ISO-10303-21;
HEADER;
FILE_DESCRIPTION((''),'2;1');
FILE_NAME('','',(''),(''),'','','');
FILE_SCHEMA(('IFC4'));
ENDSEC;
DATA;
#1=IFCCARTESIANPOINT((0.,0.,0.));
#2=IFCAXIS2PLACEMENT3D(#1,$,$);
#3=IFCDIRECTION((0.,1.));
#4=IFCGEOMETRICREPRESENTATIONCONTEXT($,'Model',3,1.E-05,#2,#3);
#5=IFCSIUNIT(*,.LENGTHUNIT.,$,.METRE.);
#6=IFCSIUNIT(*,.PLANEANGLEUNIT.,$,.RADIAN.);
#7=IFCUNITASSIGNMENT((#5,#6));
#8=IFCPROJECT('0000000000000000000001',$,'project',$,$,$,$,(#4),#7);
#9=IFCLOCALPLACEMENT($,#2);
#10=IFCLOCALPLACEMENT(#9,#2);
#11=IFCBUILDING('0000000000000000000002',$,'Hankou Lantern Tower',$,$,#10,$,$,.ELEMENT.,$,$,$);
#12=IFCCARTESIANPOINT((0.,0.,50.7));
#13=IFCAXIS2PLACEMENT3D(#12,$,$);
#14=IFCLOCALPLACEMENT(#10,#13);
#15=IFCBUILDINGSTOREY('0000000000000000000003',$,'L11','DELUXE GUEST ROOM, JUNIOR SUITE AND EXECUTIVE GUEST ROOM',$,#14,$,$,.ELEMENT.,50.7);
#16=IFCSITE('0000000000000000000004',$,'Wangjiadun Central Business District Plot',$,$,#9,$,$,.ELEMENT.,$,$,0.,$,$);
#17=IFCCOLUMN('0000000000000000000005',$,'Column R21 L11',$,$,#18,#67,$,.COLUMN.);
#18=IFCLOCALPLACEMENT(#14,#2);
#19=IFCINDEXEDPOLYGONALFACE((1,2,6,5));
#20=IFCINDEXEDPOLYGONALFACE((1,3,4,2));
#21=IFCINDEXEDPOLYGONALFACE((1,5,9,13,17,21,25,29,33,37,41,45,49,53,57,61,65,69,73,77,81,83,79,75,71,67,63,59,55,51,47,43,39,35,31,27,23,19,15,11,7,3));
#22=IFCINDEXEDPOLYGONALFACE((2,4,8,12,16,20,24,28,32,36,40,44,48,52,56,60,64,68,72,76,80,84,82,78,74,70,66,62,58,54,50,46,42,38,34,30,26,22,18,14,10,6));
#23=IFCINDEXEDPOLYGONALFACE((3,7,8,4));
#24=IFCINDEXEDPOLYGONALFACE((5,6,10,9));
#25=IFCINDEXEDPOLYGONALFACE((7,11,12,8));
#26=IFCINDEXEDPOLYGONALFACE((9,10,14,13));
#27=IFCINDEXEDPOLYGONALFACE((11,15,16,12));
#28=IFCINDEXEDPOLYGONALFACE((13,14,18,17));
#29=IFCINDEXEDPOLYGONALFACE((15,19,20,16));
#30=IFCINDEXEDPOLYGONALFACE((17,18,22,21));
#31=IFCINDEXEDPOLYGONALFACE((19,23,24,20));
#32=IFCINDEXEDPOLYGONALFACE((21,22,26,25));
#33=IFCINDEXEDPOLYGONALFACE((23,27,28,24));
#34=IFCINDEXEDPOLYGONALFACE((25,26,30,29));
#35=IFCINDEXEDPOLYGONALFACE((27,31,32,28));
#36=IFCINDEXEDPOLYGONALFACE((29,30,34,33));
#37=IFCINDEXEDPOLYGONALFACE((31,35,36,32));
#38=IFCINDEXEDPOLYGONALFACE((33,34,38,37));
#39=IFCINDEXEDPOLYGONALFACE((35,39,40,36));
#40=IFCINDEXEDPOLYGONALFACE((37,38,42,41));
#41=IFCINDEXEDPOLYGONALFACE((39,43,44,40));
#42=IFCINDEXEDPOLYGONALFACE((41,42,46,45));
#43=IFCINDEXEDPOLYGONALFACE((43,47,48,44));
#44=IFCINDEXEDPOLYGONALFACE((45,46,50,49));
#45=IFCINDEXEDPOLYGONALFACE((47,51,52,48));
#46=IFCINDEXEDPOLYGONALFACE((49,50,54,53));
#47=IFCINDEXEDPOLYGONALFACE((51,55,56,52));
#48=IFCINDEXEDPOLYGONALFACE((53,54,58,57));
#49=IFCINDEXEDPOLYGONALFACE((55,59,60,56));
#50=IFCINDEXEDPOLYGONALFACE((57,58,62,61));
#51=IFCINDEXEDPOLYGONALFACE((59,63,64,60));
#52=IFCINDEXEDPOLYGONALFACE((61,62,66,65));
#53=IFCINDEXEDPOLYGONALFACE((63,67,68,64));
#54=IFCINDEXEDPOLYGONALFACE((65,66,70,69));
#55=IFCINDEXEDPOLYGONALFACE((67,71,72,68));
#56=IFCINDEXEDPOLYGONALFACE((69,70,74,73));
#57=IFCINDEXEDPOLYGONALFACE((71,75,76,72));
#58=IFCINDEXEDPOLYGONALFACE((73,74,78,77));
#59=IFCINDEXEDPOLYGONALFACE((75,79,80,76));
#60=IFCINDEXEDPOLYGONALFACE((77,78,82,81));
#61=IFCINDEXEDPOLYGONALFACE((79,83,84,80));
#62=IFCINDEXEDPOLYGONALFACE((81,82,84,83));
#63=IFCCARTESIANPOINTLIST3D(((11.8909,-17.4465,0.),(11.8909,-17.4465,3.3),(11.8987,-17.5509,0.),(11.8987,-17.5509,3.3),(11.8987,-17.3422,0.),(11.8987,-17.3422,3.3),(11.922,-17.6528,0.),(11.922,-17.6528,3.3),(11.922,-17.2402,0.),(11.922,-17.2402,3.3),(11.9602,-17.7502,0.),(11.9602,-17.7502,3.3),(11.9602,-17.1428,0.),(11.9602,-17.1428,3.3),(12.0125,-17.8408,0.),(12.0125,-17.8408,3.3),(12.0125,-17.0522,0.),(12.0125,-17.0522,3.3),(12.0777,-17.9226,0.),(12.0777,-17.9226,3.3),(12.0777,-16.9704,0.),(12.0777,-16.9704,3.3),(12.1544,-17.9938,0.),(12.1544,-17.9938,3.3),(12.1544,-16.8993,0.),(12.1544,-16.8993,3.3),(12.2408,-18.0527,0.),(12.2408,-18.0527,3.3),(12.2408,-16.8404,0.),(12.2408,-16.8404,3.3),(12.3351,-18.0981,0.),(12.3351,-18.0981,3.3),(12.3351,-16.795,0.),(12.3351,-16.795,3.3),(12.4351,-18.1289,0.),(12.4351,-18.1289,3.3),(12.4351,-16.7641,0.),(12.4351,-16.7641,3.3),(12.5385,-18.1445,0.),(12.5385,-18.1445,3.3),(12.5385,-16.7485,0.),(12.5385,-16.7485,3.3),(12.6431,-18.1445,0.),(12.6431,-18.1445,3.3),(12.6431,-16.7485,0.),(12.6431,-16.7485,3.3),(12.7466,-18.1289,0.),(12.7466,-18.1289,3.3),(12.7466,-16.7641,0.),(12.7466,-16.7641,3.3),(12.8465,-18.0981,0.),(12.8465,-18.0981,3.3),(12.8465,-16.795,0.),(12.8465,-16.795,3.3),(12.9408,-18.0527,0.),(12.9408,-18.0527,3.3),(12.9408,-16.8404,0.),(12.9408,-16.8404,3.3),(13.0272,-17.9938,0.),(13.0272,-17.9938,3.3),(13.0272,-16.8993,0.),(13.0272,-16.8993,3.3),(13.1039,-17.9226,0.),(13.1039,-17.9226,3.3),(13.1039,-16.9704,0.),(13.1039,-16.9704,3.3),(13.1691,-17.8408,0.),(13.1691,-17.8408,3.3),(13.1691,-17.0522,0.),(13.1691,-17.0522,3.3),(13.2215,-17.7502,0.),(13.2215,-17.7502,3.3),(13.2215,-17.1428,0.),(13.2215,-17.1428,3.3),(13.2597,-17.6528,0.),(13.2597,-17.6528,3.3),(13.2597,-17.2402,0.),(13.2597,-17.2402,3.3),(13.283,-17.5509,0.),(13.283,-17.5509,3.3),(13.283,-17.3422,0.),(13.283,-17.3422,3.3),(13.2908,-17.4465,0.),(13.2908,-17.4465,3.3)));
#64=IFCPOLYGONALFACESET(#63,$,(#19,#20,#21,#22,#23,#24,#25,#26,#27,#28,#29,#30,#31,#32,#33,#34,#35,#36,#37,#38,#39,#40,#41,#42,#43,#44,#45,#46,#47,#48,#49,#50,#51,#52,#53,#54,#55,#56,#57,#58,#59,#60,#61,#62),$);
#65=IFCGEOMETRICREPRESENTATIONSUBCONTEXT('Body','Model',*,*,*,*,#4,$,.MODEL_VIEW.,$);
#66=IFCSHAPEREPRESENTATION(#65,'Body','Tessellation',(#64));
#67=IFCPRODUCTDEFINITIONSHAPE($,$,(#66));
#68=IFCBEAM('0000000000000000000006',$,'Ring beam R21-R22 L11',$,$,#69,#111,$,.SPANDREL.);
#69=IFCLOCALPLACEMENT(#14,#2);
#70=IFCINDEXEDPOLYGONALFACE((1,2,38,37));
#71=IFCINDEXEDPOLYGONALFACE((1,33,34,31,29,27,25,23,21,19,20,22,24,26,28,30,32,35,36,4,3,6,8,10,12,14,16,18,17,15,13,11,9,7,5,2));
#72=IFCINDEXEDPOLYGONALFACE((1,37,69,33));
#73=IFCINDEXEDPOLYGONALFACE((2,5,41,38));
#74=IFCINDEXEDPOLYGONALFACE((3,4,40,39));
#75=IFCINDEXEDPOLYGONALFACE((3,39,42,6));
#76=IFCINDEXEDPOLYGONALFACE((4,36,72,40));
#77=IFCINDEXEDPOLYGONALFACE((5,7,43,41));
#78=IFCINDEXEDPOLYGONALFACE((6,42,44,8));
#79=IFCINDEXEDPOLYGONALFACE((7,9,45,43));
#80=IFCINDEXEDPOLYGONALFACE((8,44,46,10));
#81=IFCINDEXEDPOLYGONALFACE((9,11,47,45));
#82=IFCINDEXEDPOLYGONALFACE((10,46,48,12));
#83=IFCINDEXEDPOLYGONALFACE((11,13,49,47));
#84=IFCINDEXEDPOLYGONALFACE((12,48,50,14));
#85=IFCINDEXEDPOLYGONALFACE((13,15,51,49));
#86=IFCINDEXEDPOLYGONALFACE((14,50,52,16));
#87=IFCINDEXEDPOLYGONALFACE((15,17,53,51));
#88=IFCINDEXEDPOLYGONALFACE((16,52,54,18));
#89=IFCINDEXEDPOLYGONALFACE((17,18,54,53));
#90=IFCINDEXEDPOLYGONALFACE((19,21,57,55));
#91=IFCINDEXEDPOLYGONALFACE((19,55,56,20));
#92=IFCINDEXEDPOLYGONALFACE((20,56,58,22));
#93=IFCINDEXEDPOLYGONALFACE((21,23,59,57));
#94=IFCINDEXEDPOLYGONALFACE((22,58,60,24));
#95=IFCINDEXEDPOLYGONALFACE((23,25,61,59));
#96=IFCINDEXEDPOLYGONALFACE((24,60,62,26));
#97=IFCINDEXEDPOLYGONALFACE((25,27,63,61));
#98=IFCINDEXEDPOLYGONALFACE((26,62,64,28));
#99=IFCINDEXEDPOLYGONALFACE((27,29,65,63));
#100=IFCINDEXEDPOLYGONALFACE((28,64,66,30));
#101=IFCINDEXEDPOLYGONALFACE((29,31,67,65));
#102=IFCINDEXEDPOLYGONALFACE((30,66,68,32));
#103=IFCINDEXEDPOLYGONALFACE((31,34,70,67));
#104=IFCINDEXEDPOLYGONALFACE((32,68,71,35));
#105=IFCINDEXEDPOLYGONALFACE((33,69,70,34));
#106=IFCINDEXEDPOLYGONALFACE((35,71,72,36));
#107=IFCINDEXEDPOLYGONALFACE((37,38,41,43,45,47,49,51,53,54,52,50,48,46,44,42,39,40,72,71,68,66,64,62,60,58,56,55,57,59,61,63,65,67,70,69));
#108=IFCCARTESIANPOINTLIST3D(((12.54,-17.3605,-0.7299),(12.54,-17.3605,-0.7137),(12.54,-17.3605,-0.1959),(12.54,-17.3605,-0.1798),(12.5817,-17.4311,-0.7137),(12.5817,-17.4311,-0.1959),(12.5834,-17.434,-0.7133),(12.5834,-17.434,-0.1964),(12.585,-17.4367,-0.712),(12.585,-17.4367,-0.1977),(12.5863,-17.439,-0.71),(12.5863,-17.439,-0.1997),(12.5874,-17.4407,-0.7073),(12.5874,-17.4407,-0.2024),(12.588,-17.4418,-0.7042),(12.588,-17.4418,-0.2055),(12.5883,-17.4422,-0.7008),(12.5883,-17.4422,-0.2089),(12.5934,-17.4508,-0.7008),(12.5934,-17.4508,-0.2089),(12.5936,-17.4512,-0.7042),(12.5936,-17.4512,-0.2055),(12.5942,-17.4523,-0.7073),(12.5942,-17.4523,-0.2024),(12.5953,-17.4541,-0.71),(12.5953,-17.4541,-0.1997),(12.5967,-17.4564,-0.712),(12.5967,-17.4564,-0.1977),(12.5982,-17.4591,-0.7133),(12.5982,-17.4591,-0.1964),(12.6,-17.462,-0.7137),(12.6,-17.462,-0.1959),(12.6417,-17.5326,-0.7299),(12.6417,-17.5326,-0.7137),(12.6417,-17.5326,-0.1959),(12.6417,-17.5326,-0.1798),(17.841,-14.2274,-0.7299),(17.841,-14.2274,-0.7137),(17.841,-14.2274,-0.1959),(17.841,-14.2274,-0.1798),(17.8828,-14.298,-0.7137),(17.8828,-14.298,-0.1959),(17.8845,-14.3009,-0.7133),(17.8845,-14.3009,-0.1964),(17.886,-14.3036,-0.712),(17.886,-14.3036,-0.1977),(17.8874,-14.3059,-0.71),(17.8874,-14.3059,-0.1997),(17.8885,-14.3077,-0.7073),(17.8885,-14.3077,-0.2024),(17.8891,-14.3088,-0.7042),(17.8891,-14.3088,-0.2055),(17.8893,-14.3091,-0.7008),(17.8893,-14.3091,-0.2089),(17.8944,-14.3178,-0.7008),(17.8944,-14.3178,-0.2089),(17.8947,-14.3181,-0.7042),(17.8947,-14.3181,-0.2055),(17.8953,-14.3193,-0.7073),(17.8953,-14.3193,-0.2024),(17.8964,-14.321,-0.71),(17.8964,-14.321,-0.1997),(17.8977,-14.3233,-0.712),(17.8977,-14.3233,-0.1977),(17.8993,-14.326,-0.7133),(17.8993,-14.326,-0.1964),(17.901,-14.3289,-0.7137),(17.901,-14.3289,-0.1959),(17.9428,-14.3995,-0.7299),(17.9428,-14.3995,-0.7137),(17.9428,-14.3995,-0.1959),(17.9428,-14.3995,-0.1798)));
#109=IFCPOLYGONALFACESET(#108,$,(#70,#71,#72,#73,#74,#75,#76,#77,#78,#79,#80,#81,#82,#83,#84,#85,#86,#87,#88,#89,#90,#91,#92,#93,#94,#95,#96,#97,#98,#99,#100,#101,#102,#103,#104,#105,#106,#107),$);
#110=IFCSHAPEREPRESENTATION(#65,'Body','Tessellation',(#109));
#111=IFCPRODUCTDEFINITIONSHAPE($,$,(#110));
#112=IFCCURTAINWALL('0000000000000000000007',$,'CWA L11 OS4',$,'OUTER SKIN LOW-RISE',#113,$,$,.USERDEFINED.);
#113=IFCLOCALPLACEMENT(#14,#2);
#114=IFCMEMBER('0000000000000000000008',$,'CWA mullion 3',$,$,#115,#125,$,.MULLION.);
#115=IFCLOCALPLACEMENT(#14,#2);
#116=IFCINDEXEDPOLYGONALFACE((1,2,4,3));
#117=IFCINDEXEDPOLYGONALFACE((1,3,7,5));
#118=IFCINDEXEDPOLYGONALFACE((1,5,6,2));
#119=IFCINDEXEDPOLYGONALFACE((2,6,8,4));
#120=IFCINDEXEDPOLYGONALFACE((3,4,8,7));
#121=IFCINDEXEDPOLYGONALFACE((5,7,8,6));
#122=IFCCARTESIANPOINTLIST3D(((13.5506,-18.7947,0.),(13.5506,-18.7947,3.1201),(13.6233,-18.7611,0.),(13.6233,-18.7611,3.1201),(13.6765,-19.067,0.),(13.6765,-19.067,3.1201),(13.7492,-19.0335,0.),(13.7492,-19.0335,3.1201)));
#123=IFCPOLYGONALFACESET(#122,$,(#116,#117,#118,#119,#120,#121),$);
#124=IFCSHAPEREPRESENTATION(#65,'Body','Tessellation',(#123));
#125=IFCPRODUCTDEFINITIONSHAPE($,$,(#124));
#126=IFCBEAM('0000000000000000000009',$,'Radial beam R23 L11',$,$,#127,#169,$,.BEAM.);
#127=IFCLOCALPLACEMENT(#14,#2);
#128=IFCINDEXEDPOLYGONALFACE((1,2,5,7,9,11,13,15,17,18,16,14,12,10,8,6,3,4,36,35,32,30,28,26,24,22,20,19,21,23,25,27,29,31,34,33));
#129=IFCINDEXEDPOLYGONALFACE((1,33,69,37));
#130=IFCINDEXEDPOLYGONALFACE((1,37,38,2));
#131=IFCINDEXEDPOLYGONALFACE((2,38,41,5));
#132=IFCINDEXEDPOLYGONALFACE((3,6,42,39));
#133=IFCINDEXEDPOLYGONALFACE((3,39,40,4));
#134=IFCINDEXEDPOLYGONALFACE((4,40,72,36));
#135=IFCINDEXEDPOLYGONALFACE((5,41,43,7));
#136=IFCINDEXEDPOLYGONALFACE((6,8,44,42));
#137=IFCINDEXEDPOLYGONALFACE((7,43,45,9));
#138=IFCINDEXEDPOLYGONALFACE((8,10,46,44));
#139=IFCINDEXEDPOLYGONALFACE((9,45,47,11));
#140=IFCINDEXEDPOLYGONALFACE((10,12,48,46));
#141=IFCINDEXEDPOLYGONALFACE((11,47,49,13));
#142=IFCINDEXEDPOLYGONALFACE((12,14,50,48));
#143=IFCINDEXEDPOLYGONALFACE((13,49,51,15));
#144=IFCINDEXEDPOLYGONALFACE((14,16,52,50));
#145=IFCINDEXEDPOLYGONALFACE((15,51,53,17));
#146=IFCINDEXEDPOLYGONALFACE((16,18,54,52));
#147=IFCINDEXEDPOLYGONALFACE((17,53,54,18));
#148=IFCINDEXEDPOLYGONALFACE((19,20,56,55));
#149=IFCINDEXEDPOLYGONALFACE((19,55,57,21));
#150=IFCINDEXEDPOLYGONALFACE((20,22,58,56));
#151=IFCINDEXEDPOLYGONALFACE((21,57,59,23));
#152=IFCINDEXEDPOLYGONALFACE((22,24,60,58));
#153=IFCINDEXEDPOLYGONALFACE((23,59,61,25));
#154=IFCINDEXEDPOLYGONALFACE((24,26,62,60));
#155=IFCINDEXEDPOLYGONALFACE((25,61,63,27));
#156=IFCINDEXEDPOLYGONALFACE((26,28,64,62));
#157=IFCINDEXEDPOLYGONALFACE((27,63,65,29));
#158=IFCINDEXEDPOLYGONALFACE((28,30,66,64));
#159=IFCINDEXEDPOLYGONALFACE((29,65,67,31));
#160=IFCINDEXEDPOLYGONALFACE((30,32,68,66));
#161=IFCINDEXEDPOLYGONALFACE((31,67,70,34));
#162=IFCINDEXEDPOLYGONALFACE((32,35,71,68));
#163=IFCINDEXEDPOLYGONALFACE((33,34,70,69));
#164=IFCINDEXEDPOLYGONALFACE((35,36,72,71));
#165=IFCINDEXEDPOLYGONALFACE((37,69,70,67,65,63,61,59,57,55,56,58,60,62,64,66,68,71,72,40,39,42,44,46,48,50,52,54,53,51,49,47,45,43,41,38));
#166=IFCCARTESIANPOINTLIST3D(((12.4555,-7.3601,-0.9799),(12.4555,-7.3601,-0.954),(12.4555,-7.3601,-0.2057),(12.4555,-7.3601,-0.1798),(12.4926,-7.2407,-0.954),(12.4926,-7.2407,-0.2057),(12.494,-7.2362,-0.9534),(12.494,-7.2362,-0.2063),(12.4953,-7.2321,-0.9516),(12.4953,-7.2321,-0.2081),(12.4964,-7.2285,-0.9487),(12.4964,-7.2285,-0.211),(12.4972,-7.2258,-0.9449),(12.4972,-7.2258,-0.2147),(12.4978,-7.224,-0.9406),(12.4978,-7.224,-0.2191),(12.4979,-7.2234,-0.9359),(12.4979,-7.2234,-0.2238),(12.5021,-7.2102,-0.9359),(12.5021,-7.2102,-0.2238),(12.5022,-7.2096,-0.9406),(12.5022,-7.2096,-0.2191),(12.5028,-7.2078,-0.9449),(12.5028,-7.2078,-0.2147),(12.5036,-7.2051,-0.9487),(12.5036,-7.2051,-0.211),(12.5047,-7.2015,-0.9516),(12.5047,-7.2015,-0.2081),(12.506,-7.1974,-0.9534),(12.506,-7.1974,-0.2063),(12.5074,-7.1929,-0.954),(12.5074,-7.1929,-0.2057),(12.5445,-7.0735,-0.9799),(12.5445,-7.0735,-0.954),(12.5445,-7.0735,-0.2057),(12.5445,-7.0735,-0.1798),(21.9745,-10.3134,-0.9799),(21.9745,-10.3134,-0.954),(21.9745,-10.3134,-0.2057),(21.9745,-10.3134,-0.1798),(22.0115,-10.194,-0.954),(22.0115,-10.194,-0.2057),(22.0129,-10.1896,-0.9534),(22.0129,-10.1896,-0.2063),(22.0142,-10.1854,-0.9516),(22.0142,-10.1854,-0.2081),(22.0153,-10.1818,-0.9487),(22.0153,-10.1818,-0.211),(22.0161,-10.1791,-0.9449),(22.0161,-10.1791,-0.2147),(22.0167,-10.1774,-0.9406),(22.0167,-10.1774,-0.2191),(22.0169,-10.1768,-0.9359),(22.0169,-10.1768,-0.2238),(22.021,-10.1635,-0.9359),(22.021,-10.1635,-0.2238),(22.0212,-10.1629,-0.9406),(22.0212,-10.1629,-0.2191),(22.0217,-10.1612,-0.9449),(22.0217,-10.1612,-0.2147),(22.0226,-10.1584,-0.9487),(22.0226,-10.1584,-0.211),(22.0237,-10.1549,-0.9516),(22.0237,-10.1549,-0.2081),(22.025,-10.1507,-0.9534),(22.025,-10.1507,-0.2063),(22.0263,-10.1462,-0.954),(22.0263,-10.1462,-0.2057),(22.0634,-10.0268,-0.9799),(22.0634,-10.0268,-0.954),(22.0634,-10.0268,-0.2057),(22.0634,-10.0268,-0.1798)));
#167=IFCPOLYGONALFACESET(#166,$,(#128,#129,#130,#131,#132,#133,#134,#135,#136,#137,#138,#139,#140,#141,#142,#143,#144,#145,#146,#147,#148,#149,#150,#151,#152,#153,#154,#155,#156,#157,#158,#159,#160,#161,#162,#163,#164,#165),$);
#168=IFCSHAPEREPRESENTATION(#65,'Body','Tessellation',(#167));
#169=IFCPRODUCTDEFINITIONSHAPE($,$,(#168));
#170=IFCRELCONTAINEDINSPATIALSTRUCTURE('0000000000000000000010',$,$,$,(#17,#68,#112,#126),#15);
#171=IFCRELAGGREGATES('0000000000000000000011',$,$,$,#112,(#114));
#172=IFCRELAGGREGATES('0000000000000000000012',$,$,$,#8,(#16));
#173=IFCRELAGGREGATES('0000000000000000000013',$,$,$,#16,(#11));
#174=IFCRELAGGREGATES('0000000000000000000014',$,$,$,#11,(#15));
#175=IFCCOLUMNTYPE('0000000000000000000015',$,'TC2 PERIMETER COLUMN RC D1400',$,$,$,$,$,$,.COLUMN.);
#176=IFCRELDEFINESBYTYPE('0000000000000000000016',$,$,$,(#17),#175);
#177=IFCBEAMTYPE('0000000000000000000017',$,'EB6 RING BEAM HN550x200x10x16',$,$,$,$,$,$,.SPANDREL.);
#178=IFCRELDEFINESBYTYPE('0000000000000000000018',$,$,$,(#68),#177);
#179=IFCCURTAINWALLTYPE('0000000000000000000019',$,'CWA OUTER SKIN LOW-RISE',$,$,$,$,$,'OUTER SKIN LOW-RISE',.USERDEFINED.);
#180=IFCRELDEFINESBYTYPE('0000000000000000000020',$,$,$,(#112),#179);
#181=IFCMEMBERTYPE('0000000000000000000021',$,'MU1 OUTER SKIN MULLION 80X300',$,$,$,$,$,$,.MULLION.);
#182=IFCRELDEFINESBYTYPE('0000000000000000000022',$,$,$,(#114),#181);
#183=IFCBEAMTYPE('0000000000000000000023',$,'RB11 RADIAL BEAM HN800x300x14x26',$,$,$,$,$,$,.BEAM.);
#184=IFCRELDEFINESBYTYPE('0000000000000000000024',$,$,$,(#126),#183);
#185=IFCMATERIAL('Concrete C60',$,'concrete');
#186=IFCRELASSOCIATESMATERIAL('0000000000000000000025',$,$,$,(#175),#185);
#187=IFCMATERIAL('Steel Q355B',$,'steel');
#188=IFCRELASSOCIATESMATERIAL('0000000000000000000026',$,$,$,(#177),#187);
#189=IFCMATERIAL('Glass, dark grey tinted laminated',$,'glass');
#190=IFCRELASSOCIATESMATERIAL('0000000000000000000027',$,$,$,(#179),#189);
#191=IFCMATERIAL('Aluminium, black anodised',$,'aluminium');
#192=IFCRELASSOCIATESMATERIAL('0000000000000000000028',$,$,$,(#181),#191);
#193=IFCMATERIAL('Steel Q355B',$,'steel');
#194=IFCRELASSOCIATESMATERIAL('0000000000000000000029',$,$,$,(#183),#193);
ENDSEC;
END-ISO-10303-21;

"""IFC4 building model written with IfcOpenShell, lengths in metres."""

from ifc_helpers import new_model, si_unit, direction, frame, origin, origin_2d, place, context, subcontext, project, spatial, rectangle, circle, i_section, extrude, material, material_profile, profile_set, type_object, element, aggregate, save


model = new_model("IFC4")

# Units and contexts
model_context = context("Model", 3, precision=1e-05, world=origin(), true_north=direction((0.0, 1.0)))
body_context = subcontext(model_context, "Body", "Model", "MODEL_VIEW")
ifc_project = project(units=[si_unit("LENGTHUNIT", "METRE"), si_unit("PLANEANGLEUNIT", "RADIAN")], contexts=[model_context])

# Site, building, storey
site_placement = place(None, origin())
site = spatial("IfcSite", under=ifc_project, at=site_placement, Name="Wangjiadun Central Business District Plot", CompositionType="ELEMENT", RefElevation=0.0)
building_placement = place(site_placement, origin())
building = spatial("IfcBuilding", under=site, at=building_placement, Name="Hankou Lantern Tower", CompositionType="ELEMENT")
storey_placement = place(building_placement, frame((0.0, 0.0, 50.7)))
storey = spatial("IfcBuildingStorey", under=building, at=storey_placement, Name="L11", Description="DELUXE GUEST ROOM, JUNIOR SUITE AND EXECUTIVE GUEST ROOM", CompositionType="ELEMENT", Elevation=50.7)

# Column
ifc_material_1 = material(Name="Concrete C60", Category="concrete")
ifc_material_profile_1 = material_profile(ifc_material_1, circle(Radius=0.7, at=origin_2d()), Name="RC D1400")
ifc_profile_set_1 = profile_set([ifc_material_profile_1], Name="Concrete C60")
column_type = type_object("IfcColumnType", Name="TC2 PERIMETER COLUMN RC D1400", PredefinedType="COLUMN", material=ifc_profile_set_1)
column_placement = place(storey_placement, frame((12.5908, -17.4465, 0.0), z_axis=(0.0, 0.0, 1.0), x_axis=(1.0, 0.0, 0.0)))
element("IfcColumn", 1, at=column_placement, inside=storey, type_object=column_type, Name="Column R21 L11", PredefinedType="COLUMN", context=body_context, shape_type="SweptSolid", body=[
    extrude(circle(Radius=0.7, at=origin_2d()), origin(), (0.0, 0.0, 1.0), 3.3),
])

# Beam
ifc_material_2 = material(Name="Steel Q355B", Category="steel")
ifc_material_profile_2 = material_profile(ifc_material_2, i_section(OverallWidth=0.2, OverallDepth=0.55, WebThickness=0.01, FlangeThickness=0.0161, FilletRadius=0.0129, at=origin_2d()), Name="HN550x200x10x16")
ifc_profile_set_2 = profile_set([ifc_material_profile_2], Name="Steel Q355B")
beam_type_1 = type_object("IfcBeamType", Name="EB6 RING BEAM HN550x200x10x16", PredefinedType="SPANDREL", material=ifc_profile_set_2)
beam_1_placement = place(storey_placement, frame((12.5908, -17.4465, -0.4548), z_axis=(0.860882, 0.508805, 0.0), x_axis=(-0.508805, 0.860882, 0.0)))
element("IfcBeam", 2, at=beam_1_placement, inside=storey, type_object=beam_type_1, Name="Ring beam R21-R22 L11", PredefinedType="SPANDREL", context=body_context, shape_type="SweptSolid", body=[
    extrude(i_section(OverallWidth=0.2, OverallDepth=0.55, WebThickness=0.01, FlangeThickness=0.0161, FilletRadius=0.0129, at=origin_2d()), origin(), (0.0, 0.0, 1.0), 6.1577),
])

# Curtain wall, member
ifc_material_3 = material(Name="Glass, dark grey tinted laminated", Category="glass")
curtain_wall_type = type_object("IfcCurtainWallType", Name="CWA OUTER SKIN LOW-RISE", ElementType="OUTER SKIN LOW-RISE", PredefinedType="USERDEFINED", material=ifc_material_3)
curtain_wall_placement = place(storey_placement, origin())
curtain_wall = element("IfcCurtainWall", 3, at=curtain_wall_placement, inside=storey, type_object=curtain_wall_type, Name="CWA L11 OS4", ObjectType="OUTER SKIN LOW-RISE", PredefinedType="USERDEFINED")
ifc_material_4 = material(Name="Aluminium, black anodised", Category="aluminium")
ifc_material_profile_3 = material_profile(ifc_material_4, rectangle(XDim=0.0801, YDim=0.3, at=origin_2d()), Name="MU1 80X300")
ifc_profile_set_3 = profile_set([ifc_material_profile_3], Name="Aluminium, black anodised")
member_type_1 = type_object("IfcMemberType", Name="MU1 OUTER SKIN MULLION 80X300", PredefinedType="MULLION", material=ifc_profile_set_3)
member_1_placement = place(storey_placement, frame((13.6499, -18.9141, 0.0), z_axis=(0.0, 0.0, 1.0), x_axis=(0.907841, 0.419314, 0.0)))
member_1 = element("IfcMember", 4, at=member_1_placement, type_object=member_type_1, Name="CWA mullion 3", PredefinedType="MULLION", context=body_context, shape_type="SweptSolid", body=[
    extrude(rectangle(XDim=0.0801, YDim=0.3, at=origin_2d()), origin(), (0.0, 0.0, 1.0), 3.1201),
])

# Beam
ifc_material_5 = material(Name="Steel Q355B", Category="steel")
ifc_material_profile_4 = material_profile(ifc_material_5, i_section(OverallWidth=0.3, OverallDepth=0.8, WebThickness=0.0139, FlangeThickness=0.0259, FilletRadius=0.0181, at=origin_2d()), Name="HN800x300x14x26")
ifc_profile_set_4 = profile_set([ifc_material_profile_4], Name="Steel Q355B")
beam_type_2 = type_object("IfcBeamType", Name="RB11 RADIAL BEAM HN800x300x14x26", PredefinedType="BEAM", material=ifc_profile_set_4)
beam_2_placement = place(storey_placement, frame((12.5, -7.2168, -0.5798), z_axis=(0.955087, -0.296324, 0.0), x_axis=(0.296324, 0.955087, 0.0)))
element("IfcBeam", 5, at=beam_2_placement, inside=storey, type_object=beam_type_2, Name="Radial beam R23 L11", PredefinedType="BEAM", context=body_context, shape_type="SweptSolid", body=[
    extrude(i_section(OverallWidth=0.3, OverallDepth=0.8, WebThickness=0.0139, FlangeThickness=0.0259, FilletRadius=0.0181, at=origin_2d()), origin(), (0.0, 0.0, 1.0), 9.9666),
])

aggregate(curtain_wall, [member_1])

save(model, "model.ifc")
